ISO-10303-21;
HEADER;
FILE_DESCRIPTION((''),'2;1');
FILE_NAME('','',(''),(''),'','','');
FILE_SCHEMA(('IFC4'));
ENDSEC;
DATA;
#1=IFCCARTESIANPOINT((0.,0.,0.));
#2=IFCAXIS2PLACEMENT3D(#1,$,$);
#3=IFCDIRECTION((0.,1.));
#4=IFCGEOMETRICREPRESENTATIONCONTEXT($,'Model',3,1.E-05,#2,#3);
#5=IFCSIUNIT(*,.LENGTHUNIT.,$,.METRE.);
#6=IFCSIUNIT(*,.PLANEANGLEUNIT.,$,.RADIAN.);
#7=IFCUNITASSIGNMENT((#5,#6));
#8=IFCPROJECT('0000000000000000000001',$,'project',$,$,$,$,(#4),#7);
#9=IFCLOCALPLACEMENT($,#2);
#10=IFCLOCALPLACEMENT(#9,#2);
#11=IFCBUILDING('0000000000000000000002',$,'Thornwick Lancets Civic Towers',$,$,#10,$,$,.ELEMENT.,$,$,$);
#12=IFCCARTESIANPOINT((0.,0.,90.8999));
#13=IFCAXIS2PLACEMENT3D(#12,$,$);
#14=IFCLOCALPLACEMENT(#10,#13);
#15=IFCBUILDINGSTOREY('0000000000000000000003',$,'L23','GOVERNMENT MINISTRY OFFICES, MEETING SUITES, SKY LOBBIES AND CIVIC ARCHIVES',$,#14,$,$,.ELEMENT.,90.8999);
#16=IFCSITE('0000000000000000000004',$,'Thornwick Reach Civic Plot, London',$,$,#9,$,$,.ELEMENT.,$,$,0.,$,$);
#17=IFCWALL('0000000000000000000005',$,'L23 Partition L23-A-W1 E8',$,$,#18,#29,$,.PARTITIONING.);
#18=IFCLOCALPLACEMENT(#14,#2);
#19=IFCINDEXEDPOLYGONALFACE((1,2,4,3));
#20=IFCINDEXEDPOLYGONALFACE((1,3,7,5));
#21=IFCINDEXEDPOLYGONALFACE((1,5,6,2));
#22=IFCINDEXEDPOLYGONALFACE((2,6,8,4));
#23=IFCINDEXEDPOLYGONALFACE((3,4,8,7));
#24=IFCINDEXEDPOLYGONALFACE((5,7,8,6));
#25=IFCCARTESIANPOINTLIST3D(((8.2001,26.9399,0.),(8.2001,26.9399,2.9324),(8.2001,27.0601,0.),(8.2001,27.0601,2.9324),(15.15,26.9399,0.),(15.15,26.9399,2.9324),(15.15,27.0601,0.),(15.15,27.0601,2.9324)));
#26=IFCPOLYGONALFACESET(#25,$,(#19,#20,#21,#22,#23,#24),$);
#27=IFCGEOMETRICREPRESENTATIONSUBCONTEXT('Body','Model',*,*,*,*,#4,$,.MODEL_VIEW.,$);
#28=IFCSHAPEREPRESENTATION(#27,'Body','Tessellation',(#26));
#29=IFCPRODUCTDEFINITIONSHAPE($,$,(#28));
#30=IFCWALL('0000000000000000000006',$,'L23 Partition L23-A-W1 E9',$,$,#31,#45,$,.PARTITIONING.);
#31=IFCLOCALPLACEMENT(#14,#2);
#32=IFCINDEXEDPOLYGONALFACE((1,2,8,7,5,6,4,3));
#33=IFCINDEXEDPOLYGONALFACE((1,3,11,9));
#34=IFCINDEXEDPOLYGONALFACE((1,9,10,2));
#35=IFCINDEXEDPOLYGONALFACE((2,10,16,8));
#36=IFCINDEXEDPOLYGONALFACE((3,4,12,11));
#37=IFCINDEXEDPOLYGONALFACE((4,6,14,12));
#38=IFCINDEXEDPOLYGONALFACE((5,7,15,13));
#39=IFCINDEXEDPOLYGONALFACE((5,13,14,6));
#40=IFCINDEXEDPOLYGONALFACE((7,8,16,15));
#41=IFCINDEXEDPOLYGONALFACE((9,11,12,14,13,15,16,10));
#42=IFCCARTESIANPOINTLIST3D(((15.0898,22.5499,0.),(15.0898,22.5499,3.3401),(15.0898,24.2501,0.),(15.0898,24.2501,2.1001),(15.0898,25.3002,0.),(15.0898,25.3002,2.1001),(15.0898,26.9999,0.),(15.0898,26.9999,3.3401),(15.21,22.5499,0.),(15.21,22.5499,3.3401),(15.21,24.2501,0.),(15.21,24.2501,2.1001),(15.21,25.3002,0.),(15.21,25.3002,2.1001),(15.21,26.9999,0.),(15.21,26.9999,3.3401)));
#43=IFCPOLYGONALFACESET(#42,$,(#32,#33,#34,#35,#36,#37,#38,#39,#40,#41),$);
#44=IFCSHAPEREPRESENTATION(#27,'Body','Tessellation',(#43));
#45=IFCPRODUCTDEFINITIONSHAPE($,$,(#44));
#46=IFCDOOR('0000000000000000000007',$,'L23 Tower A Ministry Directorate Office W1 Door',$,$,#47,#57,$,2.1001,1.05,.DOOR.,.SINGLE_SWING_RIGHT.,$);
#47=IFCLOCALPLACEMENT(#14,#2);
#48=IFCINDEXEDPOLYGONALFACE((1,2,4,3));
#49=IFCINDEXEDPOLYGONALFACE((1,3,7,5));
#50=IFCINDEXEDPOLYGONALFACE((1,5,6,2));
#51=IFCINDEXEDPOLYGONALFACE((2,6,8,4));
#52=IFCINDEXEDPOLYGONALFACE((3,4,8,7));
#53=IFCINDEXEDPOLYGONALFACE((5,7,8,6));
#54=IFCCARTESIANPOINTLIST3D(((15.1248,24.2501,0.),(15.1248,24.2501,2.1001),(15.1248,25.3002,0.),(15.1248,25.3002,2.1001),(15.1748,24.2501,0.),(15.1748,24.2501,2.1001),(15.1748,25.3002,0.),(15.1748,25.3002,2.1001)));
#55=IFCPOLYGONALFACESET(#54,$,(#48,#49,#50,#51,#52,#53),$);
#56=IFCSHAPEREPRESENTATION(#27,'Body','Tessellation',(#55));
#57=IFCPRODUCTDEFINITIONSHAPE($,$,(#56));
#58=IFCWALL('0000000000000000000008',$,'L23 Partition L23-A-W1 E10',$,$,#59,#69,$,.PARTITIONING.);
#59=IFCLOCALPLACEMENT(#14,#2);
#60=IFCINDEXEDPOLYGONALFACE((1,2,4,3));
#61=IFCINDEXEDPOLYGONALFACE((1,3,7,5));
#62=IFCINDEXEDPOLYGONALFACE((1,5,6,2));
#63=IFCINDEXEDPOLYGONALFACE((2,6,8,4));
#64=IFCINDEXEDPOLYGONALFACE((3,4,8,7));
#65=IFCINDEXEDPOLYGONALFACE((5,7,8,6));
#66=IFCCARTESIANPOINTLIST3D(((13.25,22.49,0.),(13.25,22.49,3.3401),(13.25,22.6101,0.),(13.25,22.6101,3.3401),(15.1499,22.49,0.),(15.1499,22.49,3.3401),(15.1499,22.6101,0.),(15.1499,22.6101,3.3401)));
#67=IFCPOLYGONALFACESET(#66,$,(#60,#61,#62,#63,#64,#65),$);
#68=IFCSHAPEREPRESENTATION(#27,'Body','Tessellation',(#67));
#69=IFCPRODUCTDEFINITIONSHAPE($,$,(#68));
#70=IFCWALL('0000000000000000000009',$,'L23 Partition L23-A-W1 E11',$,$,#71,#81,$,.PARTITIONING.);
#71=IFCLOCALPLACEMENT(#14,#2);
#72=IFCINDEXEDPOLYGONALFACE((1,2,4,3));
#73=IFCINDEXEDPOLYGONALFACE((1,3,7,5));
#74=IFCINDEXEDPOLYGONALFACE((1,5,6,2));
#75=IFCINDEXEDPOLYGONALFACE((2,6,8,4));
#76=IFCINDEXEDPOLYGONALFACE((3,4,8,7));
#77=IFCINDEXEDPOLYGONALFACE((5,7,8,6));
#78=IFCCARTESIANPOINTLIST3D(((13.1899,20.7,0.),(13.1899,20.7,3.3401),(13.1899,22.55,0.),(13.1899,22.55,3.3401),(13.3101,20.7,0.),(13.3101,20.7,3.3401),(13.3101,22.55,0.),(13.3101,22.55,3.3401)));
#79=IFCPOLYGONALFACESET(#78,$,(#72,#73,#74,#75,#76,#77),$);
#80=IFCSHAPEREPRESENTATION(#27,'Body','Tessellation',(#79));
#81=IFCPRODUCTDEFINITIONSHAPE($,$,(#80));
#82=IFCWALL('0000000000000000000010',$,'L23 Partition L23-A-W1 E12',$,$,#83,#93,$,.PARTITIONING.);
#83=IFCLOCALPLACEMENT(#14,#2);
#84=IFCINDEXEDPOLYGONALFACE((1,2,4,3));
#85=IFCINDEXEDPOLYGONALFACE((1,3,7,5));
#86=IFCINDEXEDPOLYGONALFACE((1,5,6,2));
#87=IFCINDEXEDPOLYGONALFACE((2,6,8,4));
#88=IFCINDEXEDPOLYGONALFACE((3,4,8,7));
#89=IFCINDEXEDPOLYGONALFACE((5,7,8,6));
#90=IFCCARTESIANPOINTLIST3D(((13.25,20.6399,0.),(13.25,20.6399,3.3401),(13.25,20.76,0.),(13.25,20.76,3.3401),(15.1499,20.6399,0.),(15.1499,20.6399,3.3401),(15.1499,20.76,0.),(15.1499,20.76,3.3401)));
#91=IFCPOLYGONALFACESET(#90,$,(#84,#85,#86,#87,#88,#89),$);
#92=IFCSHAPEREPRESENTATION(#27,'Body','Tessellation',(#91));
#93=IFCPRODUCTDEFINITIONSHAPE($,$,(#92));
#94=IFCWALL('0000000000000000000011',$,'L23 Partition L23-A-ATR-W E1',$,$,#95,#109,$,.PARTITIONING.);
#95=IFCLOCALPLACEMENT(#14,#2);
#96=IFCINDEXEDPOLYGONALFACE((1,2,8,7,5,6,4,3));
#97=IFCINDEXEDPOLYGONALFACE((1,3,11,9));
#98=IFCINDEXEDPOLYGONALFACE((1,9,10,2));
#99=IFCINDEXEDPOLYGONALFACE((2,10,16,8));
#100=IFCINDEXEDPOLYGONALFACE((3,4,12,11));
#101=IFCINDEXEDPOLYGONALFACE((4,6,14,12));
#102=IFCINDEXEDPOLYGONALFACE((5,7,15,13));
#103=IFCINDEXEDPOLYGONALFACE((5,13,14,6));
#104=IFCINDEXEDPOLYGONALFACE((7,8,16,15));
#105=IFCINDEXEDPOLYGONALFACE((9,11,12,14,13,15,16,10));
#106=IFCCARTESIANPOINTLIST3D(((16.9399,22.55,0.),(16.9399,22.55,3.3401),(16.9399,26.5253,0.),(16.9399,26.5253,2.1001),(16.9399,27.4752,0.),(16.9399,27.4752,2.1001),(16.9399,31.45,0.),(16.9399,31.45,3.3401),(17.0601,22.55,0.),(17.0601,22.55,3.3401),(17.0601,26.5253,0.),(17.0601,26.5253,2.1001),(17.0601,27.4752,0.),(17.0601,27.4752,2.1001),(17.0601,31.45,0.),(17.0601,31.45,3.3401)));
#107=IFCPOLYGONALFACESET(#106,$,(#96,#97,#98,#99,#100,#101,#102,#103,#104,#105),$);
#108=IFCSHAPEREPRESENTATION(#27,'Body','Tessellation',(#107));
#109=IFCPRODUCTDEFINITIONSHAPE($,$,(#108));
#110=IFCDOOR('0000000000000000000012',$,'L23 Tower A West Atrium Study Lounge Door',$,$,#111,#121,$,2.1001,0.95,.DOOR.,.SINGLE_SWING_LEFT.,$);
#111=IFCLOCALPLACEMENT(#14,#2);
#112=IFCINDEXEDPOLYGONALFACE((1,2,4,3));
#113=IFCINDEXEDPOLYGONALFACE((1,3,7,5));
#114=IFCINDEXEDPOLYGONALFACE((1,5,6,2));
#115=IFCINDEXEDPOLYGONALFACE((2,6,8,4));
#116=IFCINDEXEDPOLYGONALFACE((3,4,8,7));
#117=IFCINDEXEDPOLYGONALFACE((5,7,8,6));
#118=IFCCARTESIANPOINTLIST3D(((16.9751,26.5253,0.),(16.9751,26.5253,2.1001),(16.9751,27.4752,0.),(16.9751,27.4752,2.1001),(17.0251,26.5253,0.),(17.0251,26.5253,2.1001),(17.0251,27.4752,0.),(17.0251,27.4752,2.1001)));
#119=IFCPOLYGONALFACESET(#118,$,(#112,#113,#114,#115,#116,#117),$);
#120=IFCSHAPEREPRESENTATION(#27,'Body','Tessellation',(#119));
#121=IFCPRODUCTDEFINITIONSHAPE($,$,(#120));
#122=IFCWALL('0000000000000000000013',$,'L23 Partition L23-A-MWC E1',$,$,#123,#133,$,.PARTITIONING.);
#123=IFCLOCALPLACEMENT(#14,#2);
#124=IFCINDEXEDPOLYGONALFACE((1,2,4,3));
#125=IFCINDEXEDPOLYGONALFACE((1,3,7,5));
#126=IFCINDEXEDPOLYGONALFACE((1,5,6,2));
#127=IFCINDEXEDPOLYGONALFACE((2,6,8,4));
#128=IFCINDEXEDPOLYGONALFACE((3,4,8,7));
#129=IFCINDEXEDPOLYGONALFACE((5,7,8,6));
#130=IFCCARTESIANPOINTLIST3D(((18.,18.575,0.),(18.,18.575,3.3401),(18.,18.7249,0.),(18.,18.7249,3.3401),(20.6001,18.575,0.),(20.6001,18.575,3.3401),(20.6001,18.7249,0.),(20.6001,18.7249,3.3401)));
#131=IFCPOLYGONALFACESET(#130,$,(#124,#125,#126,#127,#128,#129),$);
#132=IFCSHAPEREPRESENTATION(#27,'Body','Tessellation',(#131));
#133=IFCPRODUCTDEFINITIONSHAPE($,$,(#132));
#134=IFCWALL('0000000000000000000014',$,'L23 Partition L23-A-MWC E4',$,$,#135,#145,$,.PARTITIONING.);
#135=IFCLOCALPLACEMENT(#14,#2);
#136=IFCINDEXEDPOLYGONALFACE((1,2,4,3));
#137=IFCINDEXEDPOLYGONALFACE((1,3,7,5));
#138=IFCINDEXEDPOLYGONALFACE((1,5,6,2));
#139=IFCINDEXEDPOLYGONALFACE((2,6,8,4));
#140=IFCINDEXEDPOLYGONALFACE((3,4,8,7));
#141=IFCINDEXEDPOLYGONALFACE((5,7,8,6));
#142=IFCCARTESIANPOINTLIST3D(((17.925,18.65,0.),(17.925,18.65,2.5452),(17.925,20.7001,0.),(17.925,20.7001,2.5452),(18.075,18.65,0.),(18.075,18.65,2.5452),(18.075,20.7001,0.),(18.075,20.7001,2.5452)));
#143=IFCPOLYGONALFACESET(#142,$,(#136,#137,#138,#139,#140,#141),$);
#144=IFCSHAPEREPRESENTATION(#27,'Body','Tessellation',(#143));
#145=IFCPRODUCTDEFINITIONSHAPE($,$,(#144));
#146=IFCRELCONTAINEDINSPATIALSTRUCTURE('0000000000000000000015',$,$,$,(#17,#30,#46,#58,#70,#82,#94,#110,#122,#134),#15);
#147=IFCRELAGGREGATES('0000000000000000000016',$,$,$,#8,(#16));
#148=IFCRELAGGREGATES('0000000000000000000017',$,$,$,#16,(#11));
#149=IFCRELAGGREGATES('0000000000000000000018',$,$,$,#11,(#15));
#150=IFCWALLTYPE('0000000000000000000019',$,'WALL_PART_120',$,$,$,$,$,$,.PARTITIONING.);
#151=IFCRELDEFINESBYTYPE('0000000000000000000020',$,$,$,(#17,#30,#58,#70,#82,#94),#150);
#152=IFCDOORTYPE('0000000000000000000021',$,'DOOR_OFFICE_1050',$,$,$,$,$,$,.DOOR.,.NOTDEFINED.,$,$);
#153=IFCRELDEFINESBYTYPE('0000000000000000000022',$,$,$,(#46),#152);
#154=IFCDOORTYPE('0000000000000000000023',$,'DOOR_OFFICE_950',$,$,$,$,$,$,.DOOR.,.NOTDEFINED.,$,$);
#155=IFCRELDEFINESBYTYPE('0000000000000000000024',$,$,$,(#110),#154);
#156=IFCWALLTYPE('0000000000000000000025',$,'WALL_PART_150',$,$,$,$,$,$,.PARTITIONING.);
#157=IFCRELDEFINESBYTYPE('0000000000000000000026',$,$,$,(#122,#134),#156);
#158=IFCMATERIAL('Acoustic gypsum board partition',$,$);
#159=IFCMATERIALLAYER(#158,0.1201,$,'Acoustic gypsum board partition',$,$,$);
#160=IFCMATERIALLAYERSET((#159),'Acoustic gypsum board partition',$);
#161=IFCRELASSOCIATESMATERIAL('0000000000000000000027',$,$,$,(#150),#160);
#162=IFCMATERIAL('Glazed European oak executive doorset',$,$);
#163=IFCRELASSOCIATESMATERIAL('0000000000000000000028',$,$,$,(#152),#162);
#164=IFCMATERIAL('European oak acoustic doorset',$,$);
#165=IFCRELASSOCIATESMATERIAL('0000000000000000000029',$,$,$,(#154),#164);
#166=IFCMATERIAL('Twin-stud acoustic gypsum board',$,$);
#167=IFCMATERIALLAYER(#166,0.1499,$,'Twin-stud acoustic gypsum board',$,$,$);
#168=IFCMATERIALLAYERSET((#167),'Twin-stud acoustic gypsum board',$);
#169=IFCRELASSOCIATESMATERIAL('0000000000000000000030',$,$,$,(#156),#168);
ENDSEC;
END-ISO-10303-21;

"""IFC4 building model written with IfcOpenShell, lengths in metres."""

from ifc_helpers import new_model, si_unit, direction, frame, frame_2d, origin, place, context, subcontext, project, spatial, rectangle, extrude, material, layer, layer_set, type_object, element, fill, save


model = new_model("IFC4")

# Units and contexts
model_context = context("Model", 3, precision=1e-05, world=origin(), true_north=direction((0.0, 1.0)))
body_context = subcontext(model_context, "Body", "Model", "MODEL_VIEW")
ifc_project = project(units=[si_unit("LENGTHUNIT", "METRE"), si_unit("PLANEANGLEUNIT", "RADIAN")], contexts=[model_context])

# Site, building, storey
site_placement = place(None, origin())
site = spatial("IfcSite", under=ifc_project, at=site_placement, Name="Thornwick Reach Civic Plot, London", CompositionType="ELEMENT", RefElevation=0.0)
building_placement = place(site_placement, origin())
building = spatial("IfcBuilding", under=site, at=building_placement, Name="Thornwick Lancets Civic Towers", CompositionType="ELEMENT")
storey_placement = place(building_placement, frame((0.0, 0.0, 90.8999)))
storey = spatial("IfcBuildingStorey", under=building, at=storey_placement, Name="L23", Description="GOVERNMENT MINISTRY OFFICES, MEETING SUITES, SKY LOBBIES AND CIVIC ARCHIVES", CompositionType="ELEMENT", Elevation=90.8999)

# Wall
ifc_material_1 = material(Name="Acoustic gypsum board partition")
ifc_layer_1 = layer(ifc_material_1, 0.1201, Name="Acoustic gypsum board partition")
ifc_layer_set_1 = layer_set([ifc_layer_1], Name="Acoustic gypsum board partition")
wall_type_1 = type_object("IfcWallType", Name="WALL_PART_120", PredefinedType="PARTITIONING", material=ifc_layer_set_1)
wall_1_placement = place(storey_placement, frame((8.2, 27.0, 0.0), z_axis=(0.0, 0.0, 1.0), x_axis=(1.0, 0.0, 0.0)))
element("IfcWall", 1, at=wall_1_placement, inside=storey, type_object=wall_type_1, Name="L23 Partition L23-A-W1 E8", PredefinedType="PARTITIONING", context=body_context, shape_type="SweptSolid", body=[
    extrude(rectangle(XDim=6.95, YDim=0.1201, at=frame_2d((3.4751, 0.0))), origin(), (0.0, 0.0, 1.0), 2.9324),
])

# Wall, opening, door
wall_2_placement = place(storey_placement, frame((15.1499, 27.0, 0.0), z_axis=(0.0, 0.0, 1.0), x_axis=(0.0, -1.0, 0.0)))
wall_2 = element("IfcWall", 2, at=wall_2_placement, inside=storey, type_object=wall_type_1, Name="L23 Partition L23-A-W1 E9", PredefinedType="PARTITIONING", context=body_context, shape_type="SweptSolid", body=[
    extrude(rectangle(XDim=4.45, YDim=0.1201, at=frame_2d((2.2251, 0.0))), origin(), (0.0, 0.0, 1.0), 3.3401),
])
opening_1_placement = place(wall_2_placement, frame((1.7, 0.0, 0.0)))
opening_1 = element("IfcOpeningElement", 3, at=opening_1_placement, cuts=wall_2, PredefinedType="OPENING", context=body_context, shape_type="SweptSolid", body=[
    extrude(rectangle(XDim=1.05, YDim=2.1001, at=frame_2d((0.5249, 1.05))), frame((0.0, 0.0701, 0.0), z_axis=(0.0, -1.0, 0.0), x_axis=(1.0, 0.0, 0.0)), (0.0, 0.0, 1.0), 0.1401),
])
ifc_material_2 = material(Name="Glazed European oak executive doorset")
door_type_1 = type_object("IfcDoorType", Name="DOOR_OFFICE_1050", OperationType="NOTDEFINED", PredefinedType="DOOR", material=ifc_material_2)
door_1_placement = place(opening_1_placement, origin())
door_1 = element("IfcDoor", 4, at=door_1_placement, inside=storey, type_object=door_type_1, Name="L23 Tower A Ministry Directorate Office W1 Door", OperationType="SINGLE_SWING_RIGHT", OverallHeight=2.1001, OverallWidth=1.05, PredefinedType="DOOR", context=body_context, shape_type="SweptSolid", body=[
    extrude(rectangle(XDim=1.05, YDim=2.1001, at=frame_2d((0.5249, 1.05))), frame((0.0, 0.0249, 0.0), z_axis=(0.0, -1.0, 0.0), x_axis=(1.0, 0.0, 0.0)), (0.0, 0.0, 1.0), 0.05),
])
fill(opening_1, door_1)

# Walls
wall_3_placement = place(storey_placement, frame((15.1499, 22.55, 0.0), z_axis=(0.0, 0.0, 1.0), x_axis=(-1.0, 0.0, 0.0)))
element("IfcWall", 5, at=wall_3_placement, inside=storey, type_object=wall_type_1, Name="L23 Partition L23-A-W1 E10", PredefinedType="PARTITIONING", context=body_context, shape_type="SweptSolid", body=[
    extrude(rectangle(XDim=1.8999, YDim=0.1201, at=frame_2d((0.95, 0.0))), origin(), (0.0, 0.0, 1.0), 3.3401),
])
wall_4_placement = place(storey_placement, frame((13.25, 22.55, 0.0), z_axis=(0.0, 0.0, 1.0), x_axis=(0.0, -1.0, 0.0)))
element("IfcWall", 6, at=wall_4_placement, inside=storey, type_object=wall_type_1, Name="L23 Partition L23-A-W1 E11", PredefinedType="PARTITIONING", context=body_context, shape_type="SweptSolid", body=[
    extrude(rectangle(XDim=1.8501, YDim=0.1201, at=frame_2d((0.925, 0.0))), origin(), (0.0, 0.0, 1.0), 3.3401),
])
wall_5_placement = place(storey_placement, frame((13.25, 20.7, 0.0), z_axis=(0.0, 0.0, 1.0), x_axis=(1.0, 0.0, 0.0)))
element("IfcWall", 7, at=wall_5_placement, inside=storey, type_object=wall_type_1, Name="L23 Partition L23-A-W1 E12", PredefinedType="PARTITIONING", context=body_context, shape_type="SweptSolid", body=[
    extrude(rectangle(XDim=1.8999, YDim=0.1201, at=frame_2d((0.95, 0.0))), origin(), (0.0, 0.0, 1.0), 3.3401),
])

# Wall, opening, door
wall_6_placement = place(storey_placement, frame((17.0, 22.55, 0.0), z_axis=(0.0, 0.0, 1.0), x_axis=(0.0, 1.0, 0.0)))
wall_6 = element("IfcWall", 8, at=wall_6_placement, inside=storey, type_object=wall_type_1, Name="L23 Partition L23-A-ATR-W E1", PredefinedType="PARTITIONING", context=body_context, shape_type="SweptSolid", body=[
    extrude(rectangle(XDim=8.8999, YDim=0.1201, at=frame_2d((4.45, 0.0))), origin(), (0.0, 0.0, 1.0), 3.3401),
])
opening_2_placement = place(wall_6_placement, frame((3.9751, 0.0, 0.0)))
opening_2 = element("IfcOpeningElement", 9, at=opening_2_placement, cuts=wall_6, PredefinedType="OPENING", context=body_context, shape_type="SweptSolid", body=[
    extrude(rectangle(XDim=0.95, YDim=2.1001, at=frame_2d((0.4751, 1.05))), frame((0.0, 0.0701, 0.0), z_axis=(0.0, -1.0, 0.0), x_axis=(1.0, 0.0, 0.0)), (0.0, 0.0, 1.0), 0.1401),
])
ifc_material_3 = material(Name="European oak acoustic doorset")
door_type_2 = type_object("IfcDoorType", Name="DOOR_OFFICE_950", OperationType="NOTDEFINED", PredefinedType="DOOR", material=ifc_material_3)
door_2_placement = place(opening_2_placement, origin())
door_2 = element("IfcDoor", 10, at=door_2_placement, inside=storey, type_object=door_type_2, Name="L23 Tower A West Atrium Study Lounge Door", OperationType="SINGLE_SWING_LEFT", OverallHeight=2.1001, OverallWidth=0.95, PredefinedType="DOOR", context=body_context, shape_type="SweptSolid", body=[
    extrude(rectangle(XDim=0.95, YDim=2.1001, at=frame_2d((0.4751, 1.05))), frame((0.0, 0.0249, 0.0), z_axis=(0.0, -1.0, 0.0), x_axis=(1.0, 0.0, 0.0)), (0.0, 0.0, 1.0), 0.05),
])
fill(opening_2, door_2)

# Walls
ifc_material_4 = material(Name="Twin-stud acoustic gypsum board")
ifc_layer_2 = layer(ifc_material_4, 0.1499, Name="Twin-stud acoustic gypsum board")
ifc_layer_set_2 = layer_set([ifc_layer_2], Name="Twin-stud acoustic gypsum board")
wall_type_2 = type_object("IfcWallType", Name="WALL_PART_150", PredefinedType="PARTITIONING", material=ifc_layer_set_2)
wall_7_placement = place(storey_placement, frame((18.0, 18.6499, 0.0), z_axis=(0.0, 0.0, 1.0), x_axis=(1.0, 0.0, 0.0)))
element("IfcWall", 11, at=wall_7_placement, inside=storey, type_object=wall_type_2, Name="L23 Partition L23-A-MWC E1", PredefinedType="PARTITIONING", context=body_context, shape_type="SweptSolid", body=[
    extrude(rectangle(XDim=2.6001, YDim=0.1499, at=frame_2d((1.3, 0.0))), origin(), (0.0, 0.0, 1.0), 3.3401),
])
wall_8_placement = place(storey_placement, frame((18.0, 20.7, 0.0), z_axis=(0.0, 0.0, 1.0), x_axis=(0.0, -1.0, 0.0)))
element("IfcWall", 12, at=wall_8_placement, inside=storey, type_object=wall_type_2, Name="L23 Partition L23-A-MWC E4", PredefinedType="PARTITIONING", context=body_context, shape_type="SweptSolid", body=[
    extrude(rectangle(XDim=2.05, YDim=0.1499, at=frame_2d((1.0249, 0.0))), origin(), (0.0, 0.0, 1.0), 2.5452),
])

save(model, "model.ifc")
